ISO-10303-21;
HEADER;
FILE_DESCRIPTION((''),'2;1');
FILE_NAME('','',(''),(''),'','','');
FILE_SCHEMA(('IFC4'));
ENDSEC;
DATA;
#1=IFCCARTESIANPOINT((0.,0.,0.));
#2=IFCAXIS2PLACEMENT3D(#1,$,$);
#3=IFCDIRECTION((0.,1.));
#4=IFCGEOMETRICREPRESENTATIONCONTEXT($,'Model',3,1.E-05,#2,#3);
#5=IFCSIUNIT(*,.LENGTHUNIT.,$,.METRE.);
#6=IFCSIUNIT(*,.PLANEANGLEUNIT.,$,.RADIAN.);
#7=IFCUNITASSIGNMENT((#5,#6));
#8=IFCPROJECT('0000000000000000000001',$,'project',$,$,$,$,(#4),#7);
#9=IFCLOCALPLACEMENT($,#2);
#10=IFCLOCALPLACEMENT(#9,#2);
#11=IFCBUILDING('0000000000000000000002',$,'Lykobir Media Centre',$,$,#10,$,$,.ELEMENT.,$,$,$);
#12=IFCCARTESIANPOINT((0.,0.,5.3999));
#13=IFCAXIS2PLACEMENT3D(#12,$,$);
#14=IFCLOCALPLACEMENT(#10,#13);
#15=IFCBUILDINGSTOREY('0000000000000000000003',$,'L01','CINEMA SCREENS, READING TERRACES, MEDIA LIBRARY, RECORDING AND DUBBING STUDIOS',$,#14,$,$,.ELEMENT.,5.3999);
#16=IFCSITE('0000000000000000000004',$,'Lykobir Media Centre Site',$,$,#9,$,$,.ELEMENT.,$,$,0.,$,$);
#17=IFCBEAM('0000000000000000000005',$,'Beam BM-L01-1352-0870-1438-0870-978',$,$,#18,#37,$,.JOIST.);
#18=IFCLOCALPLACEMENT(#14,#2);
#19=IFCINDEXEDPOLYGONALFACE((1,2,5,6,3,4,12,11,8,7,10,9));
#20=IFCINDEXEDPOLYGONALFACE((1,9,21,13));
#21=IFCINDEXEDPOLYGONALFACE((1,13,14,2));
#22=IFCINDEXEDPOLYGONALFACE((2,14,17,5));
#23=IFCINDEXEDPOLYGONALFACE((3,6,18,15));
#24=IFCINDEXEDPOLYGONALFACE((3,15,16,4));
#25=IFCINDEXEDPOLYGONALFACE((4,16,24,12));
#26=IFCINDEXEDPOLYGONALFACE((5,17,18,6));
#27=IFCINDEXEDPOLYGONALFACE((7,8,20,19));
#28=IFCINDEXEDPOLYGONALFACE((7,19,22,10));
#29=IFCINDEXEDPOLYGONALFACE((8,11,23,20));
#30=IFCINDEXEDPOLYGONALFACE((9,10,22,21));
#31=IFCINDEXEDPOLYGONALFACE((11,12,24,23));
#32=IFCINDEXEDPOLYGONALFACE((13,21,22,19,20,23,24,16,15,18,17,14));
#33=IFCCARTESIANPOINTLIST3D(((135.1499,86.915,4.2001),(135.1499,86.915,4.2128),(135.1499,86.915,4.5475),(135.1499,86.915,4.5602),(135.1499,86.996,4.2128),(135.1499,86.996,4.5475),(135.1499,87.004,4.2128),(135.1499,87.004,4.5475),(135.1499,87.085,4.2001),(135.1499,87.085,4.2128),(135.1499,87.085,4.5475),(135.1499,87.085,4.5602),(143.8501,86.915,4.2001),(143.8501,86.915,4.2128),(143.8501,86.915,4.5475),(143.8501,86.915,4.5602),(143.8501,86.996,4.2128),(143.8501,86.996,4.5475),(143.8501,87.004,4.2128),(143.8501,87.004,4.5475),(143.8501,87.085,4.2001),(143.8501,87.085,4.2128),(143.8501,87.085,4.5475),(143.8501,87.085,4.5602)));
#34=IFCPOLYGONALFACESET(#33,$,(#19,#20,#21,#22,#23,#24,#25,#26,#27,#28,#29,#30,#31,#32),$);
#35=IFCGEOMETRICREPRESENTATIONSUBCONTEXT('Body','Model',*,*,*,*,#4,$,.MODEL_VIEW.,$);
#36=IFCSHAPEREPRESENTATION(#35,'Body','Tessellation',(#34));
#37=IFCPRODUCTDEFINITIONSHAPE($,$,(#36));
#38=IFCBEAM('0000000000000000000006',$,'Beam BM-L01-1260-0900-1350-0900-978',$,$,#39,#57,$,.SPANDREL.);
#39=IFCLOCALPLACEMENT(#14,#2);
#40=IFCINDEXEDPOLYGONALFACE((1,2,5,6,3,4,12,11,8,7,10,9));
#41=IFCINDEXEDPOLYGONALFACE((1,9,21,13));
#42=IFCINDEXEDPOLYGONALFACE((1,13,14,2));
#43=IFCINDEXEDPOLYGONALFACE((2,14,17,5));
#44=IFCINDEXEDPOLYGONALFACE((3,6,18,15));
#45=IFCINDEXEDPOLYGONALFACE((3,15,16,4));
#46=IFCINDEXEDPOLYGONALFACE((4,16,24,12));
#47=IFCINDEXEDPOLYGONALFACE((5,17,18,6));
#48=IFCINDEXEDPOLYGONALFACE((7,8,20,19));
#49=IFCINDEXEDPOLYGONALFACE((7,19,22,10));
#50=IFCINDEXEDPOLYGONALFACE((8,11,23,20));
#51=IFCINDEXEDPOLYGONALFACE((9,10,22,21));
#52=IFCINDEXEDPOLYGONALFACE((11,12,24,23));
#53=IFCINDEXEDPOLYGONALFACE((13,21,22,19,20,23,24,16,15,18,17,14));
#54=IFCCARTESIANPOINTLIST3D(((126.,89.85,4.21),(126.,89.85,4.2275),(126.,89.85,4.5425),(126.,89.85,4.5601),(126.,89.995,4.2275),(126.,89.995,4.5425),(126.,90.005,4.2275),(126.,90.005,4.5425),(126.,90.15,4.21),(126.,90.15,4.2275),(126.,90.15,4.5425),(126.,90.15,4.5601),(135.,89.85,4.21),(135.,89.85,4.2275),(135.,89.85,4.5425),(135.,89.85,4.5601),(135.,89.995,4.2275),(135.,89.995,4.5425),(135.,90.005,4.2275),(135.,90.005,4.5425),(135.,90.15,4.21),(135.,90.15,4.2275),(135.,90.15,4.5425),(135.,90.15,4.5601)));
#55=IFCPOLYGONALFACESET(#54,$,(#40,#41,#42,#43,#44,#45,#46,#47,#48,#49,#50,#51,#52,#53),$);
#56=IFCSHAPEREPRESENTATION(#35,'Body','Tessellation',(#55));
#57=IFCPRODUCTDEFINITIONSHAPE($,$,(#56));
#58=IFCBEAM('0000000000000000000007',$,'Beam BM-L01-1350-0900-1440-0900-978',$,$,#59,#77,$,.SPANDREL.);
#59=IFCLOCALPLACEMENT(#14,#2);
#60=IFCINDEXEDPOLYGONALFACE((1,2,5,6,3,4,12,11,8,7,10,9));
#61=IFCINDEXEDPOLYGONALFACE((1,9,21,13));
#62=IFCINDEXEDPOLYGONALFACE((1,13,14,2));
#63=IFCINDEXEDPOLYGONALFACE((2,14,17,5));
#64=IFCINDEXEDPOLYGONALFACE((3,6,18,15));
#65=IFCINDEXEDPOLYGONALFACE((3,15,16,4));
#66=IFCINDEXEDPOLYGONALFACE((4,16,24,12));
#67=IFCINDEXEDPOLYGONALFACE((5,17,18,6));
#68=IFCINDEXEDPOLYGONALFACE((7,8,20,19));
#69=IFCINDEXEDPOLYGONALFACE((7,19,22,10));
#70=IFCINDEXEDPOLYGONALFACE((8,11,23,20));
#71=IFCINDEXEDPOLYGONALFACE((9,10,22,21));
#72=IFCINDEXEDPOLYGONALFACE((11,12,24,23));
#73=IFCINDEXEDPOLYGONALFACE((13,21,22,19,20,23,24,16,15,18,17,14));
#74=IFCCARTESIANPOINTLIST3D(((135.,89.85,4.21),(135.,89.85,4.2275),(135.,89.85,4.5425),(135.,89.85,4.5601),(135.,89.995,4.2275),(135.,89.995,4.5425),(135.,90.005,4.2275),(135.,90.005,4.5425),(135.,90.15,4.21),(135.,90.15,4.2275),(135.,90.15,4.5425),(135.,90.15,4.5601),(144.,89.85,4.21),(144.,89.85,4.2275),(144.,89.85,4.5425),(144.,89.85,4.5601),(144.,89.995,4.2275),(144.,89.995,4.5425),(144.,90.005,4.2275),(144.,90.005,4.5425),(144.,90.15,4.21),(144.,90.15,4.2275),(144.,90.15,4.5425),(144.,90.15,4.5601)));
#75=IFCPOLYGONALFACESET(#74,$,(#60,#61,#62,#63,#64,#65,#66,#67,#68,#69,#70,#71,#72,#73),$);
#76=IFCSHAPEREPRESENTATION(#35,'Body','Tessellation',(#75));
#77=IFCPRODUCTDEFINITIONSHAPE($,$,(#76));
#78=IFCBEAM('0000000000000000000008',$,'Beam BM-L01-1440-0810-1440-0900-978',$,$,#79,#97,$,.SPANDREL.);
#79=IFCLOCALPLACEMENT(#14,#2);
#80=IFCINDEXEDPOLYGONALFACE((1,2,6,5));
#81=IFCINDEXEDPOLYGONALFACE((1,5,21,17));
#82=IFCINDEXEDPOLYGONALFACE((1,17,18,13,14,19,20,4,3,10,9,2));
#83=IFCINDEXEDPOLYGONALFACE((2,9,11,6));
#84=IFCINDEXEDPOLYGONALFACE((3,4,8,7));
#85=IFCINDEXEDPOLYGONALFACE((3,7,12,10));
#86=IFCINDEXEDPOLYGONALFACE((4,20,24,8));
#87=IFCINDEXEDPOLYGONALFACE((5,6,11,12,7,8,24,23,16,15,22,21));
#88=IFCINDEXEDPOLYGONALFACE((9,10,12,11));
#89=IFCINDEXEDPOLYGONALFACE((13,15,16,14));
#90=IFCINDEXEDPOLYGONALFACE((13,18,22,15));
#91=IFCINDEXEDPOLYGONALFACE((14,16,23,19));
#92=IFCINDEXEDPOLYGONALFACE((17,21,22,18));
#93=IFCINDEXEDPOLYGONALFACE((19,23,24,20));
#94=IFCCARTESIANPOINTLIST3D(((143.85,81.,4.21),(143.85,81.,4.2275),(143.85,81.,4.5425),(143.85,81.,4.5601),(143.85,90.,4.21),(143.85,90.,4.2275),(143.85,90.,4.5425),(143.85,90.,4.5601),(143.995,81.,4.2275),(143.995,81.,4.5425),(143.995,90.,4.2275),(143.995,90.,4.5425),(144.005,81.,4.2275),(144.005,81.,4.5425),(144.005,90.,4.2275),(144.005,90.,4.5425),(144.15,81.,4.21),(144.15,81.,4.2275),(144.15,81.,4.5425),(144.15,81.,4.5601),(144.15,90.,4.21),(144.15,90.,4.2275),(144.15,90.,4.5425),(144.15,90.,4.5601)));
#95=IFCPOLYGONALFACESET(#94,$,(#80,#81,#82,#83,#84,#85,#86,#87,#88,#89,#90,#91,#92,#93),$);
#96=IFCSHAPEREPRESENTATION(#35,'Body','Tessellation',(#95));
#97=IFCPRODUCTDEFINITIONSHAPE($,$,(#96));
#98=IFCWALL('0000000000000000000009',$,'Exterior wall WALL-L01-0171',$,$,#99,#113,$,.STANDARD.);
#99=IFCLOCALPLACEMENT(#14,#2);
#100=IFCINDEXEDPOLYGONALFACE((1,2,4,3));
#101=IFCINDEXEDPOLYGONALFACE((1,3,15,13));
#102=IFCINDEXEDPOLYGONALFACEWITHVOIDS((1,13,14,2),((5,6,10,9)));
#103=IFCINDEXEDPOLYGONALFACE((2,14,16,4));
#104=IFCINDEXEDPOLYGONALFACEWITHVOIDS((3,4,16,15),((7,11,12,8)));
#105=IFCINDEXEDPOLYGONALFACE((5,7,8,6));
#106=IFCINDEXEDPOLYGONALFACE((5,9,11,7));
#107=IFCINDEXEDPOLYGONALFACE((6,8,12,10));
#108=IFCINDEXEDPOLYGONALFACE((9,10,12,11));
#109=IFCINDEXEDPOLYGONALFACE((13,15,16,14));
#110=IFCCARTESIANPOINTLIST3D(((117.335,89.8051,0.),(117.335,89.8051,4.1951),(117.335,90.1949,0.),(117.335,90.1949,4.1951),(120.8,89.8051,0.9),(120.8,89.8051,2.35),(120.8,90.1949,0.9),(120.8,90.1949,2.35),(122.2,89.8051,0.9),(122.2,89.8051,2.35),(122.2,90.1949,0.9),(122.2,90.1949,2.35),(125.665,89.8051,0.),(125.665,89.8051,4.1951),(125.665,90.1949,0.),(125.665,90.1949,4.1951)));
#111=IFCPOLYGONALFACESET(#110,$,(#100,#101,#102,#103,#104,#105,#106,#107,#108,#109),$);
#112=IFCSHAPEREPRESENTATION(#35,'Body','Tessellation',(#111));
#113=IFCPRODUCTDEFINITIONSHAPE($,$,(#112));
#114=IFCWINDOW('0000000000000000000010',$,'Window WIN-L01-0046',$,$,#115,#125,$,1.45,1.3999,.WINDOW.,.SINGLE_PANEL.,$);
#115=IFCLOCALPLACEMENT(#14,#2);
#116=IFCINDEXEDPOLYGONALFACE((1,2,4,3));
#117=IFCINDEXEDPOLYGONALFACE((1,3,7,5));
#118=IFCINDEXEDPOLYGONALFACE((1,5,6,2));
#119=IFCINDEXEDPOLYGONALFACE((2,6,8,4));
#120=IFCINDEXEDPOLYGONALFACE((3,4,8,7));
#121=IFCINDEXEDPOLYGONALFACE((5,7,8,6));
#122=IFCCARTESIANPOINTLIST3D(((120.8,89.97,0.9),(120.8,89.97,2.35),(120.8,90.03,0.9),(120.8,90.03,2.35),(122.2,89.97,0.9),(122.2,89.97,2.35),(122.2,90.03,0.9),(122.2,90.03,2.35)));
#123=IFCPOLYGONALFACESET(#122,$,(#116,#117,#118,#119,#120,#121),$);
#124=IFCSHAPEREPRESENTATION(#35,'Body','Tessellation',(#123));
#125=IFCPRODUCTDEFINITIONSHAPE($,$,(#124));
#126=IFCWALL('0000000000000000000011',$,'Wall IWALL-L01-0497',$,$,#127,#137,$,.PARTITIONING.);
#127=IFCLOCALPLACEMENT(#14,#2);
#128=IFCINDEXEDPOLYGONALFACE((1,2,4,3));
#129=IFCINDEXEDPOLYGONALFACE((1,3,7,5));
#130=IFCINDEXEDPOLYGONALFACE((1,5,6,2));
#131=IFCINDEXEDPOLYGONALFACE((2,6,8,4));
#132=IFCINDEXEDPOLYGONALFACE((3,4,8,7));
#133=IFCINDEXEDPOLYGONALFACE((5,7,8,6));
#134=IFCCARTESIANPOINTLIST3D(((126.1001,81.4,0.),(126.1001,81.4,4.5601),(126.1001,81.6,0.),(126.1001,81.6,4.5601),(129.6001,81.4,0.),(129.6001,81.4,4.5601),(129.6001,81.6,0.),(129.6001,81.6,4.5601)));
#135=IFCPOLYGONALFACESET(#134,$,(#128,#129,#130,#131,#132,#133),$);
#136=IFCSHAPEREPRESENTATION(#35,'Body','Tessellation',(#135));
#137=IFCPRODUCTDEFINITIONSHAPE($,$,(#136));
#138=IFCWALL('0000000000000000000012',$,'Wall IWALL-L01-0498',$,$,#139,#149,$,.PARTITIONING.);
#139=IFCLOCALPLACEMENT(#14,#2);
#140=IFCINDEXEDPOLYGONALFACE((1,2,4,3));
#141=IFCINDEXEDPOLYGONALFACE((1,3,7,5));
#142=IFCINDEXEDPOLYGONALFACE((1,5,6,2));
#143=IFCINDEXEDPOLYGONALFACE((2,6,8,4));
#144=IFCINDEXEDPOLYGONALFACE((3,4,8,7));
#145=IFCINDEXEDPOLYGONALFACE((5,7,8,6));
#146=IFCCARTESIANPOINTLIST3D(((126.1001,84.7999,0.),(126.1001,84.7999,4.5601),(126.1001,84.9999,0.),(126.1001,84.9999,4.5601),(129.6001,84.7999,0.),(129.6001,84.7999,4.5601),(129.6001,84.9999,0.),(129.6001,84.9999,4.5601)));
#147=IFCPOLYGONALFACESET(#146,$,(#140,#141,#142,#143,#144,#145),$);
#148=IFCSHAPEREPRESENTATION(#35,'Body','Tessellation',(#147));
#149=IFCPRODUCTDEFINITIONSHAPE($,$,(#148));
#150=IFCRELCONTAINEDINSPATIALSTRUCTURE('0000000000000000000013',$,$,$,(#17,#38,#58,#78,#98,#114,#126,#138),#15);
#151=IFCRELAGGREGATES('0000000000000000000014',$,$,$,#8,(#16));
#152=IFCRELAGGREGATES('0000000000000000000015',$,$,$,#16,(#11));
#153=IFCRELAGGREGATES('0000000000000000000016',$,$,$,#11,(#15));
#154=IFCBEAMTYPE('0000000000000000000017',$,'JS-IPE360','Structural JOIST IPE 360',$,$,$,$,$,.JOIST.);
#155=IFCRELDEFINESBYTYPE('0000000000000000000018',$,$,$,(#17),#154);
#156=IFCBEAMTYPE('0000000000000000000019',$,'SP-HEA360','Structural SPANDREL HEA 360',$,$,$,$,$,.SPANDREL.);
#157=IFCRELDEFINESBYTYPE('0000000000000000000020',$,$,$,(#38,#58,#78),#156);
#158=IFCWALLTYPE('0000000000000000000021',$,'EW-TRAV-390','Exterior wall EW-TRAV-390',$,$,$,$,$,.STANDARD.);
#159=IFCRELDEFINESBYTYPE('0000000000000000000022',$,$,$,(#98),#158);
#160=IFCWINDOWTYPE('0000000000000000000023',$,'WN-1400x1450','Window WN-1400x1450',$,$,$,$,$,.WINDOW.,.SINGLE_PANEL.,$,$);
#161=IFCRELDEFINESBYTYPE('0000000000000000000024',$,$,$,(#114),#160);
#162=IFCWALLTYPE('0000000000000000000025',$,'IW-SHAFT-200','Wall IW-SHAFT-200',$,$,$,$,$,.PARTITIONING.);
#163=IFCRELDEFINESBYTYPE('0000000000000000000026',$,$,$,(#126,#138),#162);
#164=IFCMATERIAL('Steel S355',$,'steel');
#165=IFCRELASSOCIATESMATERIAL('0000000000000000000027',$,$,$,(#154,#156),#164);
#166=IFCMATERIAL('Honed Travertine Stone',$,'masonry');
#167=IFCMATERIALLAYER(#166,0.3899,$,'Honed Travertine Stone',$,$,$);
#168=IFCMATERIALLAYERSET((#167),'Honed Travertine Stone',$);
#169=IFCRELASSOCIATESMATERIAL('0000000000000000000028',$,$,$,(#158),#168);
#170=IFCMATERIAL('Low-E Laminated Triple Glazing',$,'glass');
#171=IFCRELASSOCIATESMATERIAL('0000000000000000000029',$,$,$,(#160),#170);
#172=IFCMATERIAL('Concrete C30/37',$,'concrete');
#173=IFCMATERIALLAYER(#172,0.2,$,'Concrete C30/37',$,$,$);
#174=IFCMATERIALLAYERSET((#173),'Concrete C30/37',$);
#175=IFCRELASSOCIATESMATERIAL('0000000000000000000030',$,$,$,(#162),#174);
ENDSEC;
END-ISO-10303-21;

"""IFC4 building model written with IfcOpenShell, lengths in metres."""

from ifc_helpers import new_model, si_unit, direction, frame, frame_2d, origin, origin_2d, place, context, subcontext, project, spatial, rectangle, i_section, extrude, material, layer, layer_set, material_profile, profile_set, type_object, element, fill, save


model = new_model("IFC4")

# Units and contexts
model_context = context("Model", 3, precision=1e-05, world=origin(), true_north=direction((0.0, 1.0)))
body_context = subcontext(model_context, "Body", "Model", "MODEL_VIEW")
ifc_project = project(units=[si_unit("LENGTHUNIT", "METRE"), si_unit("PLANEANGLEUNIT", "RADIAN")], contexts=[model_context])

# Site, building, storey
site_placement = place(None, origin())
site = spatial("IfcSite", under=ifc_project, at=site_placement, Name="Lykobir Media Centre Site", CompositionType="ELEMENT", RefElevation=0.0)
building_placement = place(site_placement, origin())
building = spatial("IfcBuilding", under=site, at=building_placement, Name="Lykobir Media Centre", CompositionType="ELEMENT")
storey_placement = place(building_placement, frame((0.0, 0.0, 5.3999)))
storey = spatial("IfcBuildingStorey", under=building, at=storey_placement, Name="L01", Description="CINEMA SCREENS, READING TERRACES, MEDIA LIBRARY, RECORDING AND DUBBING STUDIOS", CompositionType="ELEMENT", Elevation=5.3999)

# Shared definitions
ifc_material_1 = material(Name="Steel S355", Category="steel")

# Beams
ifc_material_profile_1 = material_profile(ifc_material_1, i_section(OverallWidth=0.1699, OverallDepth=0.3601, WebThickness=0.0081, FlangeThickness=0.0127, at=origin_2d()), Name="IPE 360")
ifc_profile_set_1 = profile_set([ifc_material_profile_1], Name="Steel S355")
beam_type_1 = type_object("IfcBeamType", Name="JS-IPE360", Description="Structural JOIST IPE 360", PredefinedType="JOIST", material=ifc_profile_set_1)
for number, where, z_axis, x_axis, name in (
    (1, (135.1499, 87.0, 4.3801), (1.0, 0.0, 0.0), (0.0, 1.0, 0.0), "Beam BM-L01-1352-0870-1438-0870-978"),
):
    element("IfcBeam", number, at=place(storey_placement, frame(where, z_axis=z_axis, x_axis=x_axis)), inside=storey, type_object=beam_type_1, Name=name, PredefinedType="JOIST", context=body_context, shape_type="SweptSolid", body=[
        extrude(i_section(OverallWidth=0.1699, OverallDepth=0.3601, WebThickness=0.0081, FlangeThickness=0.0127, at=origin_2d()), origin(), (0.0, 0.0, 1.0), 8.7002),
    ])
ifc_material_profile_2 = material_profile(ifc_material_1, i_section(OverallWidth=0.3, OverallDepth=0.3501, WebThickness=0.01, FlangeThickness=0.0176, at=origin_2d()), Name="HEA 360")
ifc_profile_set_2 = profile_set([ifc_material_profile_2], Name="Steel S355")
beam_type_2 = type_object("IfcBeamType", Name="SP-HEA360", Description="Structural SPANDREL HEA 360", PredefinedType="SPANDREL", material=ifc_profile_set_2)
for number, where, z_axis, x_axis, name in (
    (2, (126.0, 90.0, 4.385), (1.0, 0.0, 0.0), (0.0, 1.0, 0.0), "Beam BM-L01-1260-0900-1350-0900-978"),
    (3, (135.0, 90.0, 4.385), (1.0, 0.0, 0.0), (0.0, 1.0, 0.0), "Beam BM-L01-1350-0900-1440-0900-978"),
    (4, (144.0, 81.0, 4.385), (0.0, 1.0, 0.0), (-1.0, 0.0, 0.0), "Beam BM-L01-1440-0810-1440-0900-978"),
):
    element("IfcBeam", number, at=place(storey_placement, frame(where, z_axis=z_axis, x_axis=x_axis)), inside=storey, type_object=beam_type_2, Name=name, PredefinedType="SPANDREL", context=body_context, shape_type="SweptSolid", body=[
        extrude(i_section(OverallWidth=0.3, OverallDepth=0.3501, WebThickness=0.01, FlangeThickness=0.0176, at=origin_2d()), origin(), (0.0, 0.0, 1.0), 9.0),
    ])

# Wall, opening, window
ifc_material_2 = material(Name="Honed Travertine Stone", Category="masonry")
ifc_layer_1 = layer(ifc_material_2, 0.3899, Name="Honed Travertine Stone")
ifc_layer_set_1 = layer_set([ifc_layer_1], Name="Honed Travertine Stone")
wall_type_1 = type_object("IfcWallType", Name="EW-TRAV-390", Description="Exterior wall EW-TRAV-390", PredefinedType="STANDARD", material=ifc_layer_set_1)
wall_1_placement = place(storey_placement, frame((125.665, 90.0, 0.0), z_axis=(0.0, 0.0, 1.0), x_axis=(-1.0, 0.0, 0.0)))
wall_1 = element("IfcWall", 5, at=wall_1_placement, inside=storey, type_object=wall_type_1, Name="Exterior wall WALL-L01-0171", PredefinedType="STANDARD", context=body_context, shape_type="SweptSolid", body=[
    extrude(rectangle(XDim=8.3301, YDim=0.3899, at=frame_2d((4.165, 0.0))), origin(), (0.0, 0.0, 1.0), 4.1951),
])
opening_1_placement = place(wall_1_placement, frame((3.4651, 0.0, 0.8999)))
opening_1 = element("IfcOpeningElement", 6, at=opening_1_placement, cuts=wall_1, PredefinedType="OPENING", context=body_context, shape_type="SweptSolid", body=[
    extrude(rectangle(XDim=1.3999, YDim=1.45, at=frame_2d((0.7, 0.7251))), frame((0.0, 0.2048, 0.0), z_axis=(0.0, -1.0, 0.0), x_axis=(1.0, 0.0, 0.0)), (0.0, 0.0, 1.0), 0.4099),
])
ifc_material_3 = material(Name="Low-E Laminated Triple Glazing", Category="glass")
window_type = type_object("IfcWindowType", Name="WN-1400x1450", Description="Window WN-1400x1450", PartitioningType="SINGLE_PANEL", PredefinedType="WINDOW", material=ifc_material_3)
window_placement = place(opening_1_placement, origin())
window = element("IfcWindow", 7, at=window_placement, inside=storey, type_object=window_type, Name="Window WIN-L01-0046", OverallHeight=1.45, OverallWidth=1.3999, PartitioningType="SINGLE_PANEL", PredefinedType="WINDOW", context=body_context, shape_type="SweptSolid", body=[
    extrude(rectangle(XDim=1.3999, YDim=1.45, at=frame_2d((0.7, 0.7251))), frame((0.0, 0.03, 0.0), z_axis=(0.0, -1.0, 0.0), x_axis=(1.0, 0.0, 0.0)), (0.0, 0.0, 1.0), 0.0601),
])
fill(opening_1, window)

# Walls
ifc_material_4 = material(Name="Concrete C30/37", Category="concrete")
ifc_layer_2 = layer(ifc_material_4, 0.2, Name="Concrete C30/37")
ifc_layer_set_2 = layer_set([ifc_layer_2], Name="Concrete C30/37")
wall_type_2 = type_object("IfcWallType", Name="IW-SHAFT-200", Description="Wall IW-SHAFT-200", PredefinedType="PARTITIONING", material=ifc_layer_set_2)
for number, where, z_axis, x_axis, name in (
    (8, (126.1001, 81.5, 0.0), (0.0, 0.0, 1.0), (1.0, 0.0, 0.0), "Wall IWALL-L01-0497"),
    (9, (126.1001, 84.8999, 0.0), (0.0, 0.0, 1.0), (1.0, 0.0, 0.0), "Wall IWALL-L01-0498"),
):
    element("IfcWall", number, at=place(storey_placement, frame(where, z_axis=z_axis, x_axis=x_axis)), inside=storey, type_object=wall_type_2, Name=name, PredefinedType="PARTITIONING", context=body_context, shape_type="SweptSolid", body=[
        extrude(rectangle(XDim=3.5, YDim=0.2, at=frame_2d((1.75, 0.0))), origin(), (0.0, 0.0, 1.0), 4.5601),
    ])

save(model, "model.ifc")
